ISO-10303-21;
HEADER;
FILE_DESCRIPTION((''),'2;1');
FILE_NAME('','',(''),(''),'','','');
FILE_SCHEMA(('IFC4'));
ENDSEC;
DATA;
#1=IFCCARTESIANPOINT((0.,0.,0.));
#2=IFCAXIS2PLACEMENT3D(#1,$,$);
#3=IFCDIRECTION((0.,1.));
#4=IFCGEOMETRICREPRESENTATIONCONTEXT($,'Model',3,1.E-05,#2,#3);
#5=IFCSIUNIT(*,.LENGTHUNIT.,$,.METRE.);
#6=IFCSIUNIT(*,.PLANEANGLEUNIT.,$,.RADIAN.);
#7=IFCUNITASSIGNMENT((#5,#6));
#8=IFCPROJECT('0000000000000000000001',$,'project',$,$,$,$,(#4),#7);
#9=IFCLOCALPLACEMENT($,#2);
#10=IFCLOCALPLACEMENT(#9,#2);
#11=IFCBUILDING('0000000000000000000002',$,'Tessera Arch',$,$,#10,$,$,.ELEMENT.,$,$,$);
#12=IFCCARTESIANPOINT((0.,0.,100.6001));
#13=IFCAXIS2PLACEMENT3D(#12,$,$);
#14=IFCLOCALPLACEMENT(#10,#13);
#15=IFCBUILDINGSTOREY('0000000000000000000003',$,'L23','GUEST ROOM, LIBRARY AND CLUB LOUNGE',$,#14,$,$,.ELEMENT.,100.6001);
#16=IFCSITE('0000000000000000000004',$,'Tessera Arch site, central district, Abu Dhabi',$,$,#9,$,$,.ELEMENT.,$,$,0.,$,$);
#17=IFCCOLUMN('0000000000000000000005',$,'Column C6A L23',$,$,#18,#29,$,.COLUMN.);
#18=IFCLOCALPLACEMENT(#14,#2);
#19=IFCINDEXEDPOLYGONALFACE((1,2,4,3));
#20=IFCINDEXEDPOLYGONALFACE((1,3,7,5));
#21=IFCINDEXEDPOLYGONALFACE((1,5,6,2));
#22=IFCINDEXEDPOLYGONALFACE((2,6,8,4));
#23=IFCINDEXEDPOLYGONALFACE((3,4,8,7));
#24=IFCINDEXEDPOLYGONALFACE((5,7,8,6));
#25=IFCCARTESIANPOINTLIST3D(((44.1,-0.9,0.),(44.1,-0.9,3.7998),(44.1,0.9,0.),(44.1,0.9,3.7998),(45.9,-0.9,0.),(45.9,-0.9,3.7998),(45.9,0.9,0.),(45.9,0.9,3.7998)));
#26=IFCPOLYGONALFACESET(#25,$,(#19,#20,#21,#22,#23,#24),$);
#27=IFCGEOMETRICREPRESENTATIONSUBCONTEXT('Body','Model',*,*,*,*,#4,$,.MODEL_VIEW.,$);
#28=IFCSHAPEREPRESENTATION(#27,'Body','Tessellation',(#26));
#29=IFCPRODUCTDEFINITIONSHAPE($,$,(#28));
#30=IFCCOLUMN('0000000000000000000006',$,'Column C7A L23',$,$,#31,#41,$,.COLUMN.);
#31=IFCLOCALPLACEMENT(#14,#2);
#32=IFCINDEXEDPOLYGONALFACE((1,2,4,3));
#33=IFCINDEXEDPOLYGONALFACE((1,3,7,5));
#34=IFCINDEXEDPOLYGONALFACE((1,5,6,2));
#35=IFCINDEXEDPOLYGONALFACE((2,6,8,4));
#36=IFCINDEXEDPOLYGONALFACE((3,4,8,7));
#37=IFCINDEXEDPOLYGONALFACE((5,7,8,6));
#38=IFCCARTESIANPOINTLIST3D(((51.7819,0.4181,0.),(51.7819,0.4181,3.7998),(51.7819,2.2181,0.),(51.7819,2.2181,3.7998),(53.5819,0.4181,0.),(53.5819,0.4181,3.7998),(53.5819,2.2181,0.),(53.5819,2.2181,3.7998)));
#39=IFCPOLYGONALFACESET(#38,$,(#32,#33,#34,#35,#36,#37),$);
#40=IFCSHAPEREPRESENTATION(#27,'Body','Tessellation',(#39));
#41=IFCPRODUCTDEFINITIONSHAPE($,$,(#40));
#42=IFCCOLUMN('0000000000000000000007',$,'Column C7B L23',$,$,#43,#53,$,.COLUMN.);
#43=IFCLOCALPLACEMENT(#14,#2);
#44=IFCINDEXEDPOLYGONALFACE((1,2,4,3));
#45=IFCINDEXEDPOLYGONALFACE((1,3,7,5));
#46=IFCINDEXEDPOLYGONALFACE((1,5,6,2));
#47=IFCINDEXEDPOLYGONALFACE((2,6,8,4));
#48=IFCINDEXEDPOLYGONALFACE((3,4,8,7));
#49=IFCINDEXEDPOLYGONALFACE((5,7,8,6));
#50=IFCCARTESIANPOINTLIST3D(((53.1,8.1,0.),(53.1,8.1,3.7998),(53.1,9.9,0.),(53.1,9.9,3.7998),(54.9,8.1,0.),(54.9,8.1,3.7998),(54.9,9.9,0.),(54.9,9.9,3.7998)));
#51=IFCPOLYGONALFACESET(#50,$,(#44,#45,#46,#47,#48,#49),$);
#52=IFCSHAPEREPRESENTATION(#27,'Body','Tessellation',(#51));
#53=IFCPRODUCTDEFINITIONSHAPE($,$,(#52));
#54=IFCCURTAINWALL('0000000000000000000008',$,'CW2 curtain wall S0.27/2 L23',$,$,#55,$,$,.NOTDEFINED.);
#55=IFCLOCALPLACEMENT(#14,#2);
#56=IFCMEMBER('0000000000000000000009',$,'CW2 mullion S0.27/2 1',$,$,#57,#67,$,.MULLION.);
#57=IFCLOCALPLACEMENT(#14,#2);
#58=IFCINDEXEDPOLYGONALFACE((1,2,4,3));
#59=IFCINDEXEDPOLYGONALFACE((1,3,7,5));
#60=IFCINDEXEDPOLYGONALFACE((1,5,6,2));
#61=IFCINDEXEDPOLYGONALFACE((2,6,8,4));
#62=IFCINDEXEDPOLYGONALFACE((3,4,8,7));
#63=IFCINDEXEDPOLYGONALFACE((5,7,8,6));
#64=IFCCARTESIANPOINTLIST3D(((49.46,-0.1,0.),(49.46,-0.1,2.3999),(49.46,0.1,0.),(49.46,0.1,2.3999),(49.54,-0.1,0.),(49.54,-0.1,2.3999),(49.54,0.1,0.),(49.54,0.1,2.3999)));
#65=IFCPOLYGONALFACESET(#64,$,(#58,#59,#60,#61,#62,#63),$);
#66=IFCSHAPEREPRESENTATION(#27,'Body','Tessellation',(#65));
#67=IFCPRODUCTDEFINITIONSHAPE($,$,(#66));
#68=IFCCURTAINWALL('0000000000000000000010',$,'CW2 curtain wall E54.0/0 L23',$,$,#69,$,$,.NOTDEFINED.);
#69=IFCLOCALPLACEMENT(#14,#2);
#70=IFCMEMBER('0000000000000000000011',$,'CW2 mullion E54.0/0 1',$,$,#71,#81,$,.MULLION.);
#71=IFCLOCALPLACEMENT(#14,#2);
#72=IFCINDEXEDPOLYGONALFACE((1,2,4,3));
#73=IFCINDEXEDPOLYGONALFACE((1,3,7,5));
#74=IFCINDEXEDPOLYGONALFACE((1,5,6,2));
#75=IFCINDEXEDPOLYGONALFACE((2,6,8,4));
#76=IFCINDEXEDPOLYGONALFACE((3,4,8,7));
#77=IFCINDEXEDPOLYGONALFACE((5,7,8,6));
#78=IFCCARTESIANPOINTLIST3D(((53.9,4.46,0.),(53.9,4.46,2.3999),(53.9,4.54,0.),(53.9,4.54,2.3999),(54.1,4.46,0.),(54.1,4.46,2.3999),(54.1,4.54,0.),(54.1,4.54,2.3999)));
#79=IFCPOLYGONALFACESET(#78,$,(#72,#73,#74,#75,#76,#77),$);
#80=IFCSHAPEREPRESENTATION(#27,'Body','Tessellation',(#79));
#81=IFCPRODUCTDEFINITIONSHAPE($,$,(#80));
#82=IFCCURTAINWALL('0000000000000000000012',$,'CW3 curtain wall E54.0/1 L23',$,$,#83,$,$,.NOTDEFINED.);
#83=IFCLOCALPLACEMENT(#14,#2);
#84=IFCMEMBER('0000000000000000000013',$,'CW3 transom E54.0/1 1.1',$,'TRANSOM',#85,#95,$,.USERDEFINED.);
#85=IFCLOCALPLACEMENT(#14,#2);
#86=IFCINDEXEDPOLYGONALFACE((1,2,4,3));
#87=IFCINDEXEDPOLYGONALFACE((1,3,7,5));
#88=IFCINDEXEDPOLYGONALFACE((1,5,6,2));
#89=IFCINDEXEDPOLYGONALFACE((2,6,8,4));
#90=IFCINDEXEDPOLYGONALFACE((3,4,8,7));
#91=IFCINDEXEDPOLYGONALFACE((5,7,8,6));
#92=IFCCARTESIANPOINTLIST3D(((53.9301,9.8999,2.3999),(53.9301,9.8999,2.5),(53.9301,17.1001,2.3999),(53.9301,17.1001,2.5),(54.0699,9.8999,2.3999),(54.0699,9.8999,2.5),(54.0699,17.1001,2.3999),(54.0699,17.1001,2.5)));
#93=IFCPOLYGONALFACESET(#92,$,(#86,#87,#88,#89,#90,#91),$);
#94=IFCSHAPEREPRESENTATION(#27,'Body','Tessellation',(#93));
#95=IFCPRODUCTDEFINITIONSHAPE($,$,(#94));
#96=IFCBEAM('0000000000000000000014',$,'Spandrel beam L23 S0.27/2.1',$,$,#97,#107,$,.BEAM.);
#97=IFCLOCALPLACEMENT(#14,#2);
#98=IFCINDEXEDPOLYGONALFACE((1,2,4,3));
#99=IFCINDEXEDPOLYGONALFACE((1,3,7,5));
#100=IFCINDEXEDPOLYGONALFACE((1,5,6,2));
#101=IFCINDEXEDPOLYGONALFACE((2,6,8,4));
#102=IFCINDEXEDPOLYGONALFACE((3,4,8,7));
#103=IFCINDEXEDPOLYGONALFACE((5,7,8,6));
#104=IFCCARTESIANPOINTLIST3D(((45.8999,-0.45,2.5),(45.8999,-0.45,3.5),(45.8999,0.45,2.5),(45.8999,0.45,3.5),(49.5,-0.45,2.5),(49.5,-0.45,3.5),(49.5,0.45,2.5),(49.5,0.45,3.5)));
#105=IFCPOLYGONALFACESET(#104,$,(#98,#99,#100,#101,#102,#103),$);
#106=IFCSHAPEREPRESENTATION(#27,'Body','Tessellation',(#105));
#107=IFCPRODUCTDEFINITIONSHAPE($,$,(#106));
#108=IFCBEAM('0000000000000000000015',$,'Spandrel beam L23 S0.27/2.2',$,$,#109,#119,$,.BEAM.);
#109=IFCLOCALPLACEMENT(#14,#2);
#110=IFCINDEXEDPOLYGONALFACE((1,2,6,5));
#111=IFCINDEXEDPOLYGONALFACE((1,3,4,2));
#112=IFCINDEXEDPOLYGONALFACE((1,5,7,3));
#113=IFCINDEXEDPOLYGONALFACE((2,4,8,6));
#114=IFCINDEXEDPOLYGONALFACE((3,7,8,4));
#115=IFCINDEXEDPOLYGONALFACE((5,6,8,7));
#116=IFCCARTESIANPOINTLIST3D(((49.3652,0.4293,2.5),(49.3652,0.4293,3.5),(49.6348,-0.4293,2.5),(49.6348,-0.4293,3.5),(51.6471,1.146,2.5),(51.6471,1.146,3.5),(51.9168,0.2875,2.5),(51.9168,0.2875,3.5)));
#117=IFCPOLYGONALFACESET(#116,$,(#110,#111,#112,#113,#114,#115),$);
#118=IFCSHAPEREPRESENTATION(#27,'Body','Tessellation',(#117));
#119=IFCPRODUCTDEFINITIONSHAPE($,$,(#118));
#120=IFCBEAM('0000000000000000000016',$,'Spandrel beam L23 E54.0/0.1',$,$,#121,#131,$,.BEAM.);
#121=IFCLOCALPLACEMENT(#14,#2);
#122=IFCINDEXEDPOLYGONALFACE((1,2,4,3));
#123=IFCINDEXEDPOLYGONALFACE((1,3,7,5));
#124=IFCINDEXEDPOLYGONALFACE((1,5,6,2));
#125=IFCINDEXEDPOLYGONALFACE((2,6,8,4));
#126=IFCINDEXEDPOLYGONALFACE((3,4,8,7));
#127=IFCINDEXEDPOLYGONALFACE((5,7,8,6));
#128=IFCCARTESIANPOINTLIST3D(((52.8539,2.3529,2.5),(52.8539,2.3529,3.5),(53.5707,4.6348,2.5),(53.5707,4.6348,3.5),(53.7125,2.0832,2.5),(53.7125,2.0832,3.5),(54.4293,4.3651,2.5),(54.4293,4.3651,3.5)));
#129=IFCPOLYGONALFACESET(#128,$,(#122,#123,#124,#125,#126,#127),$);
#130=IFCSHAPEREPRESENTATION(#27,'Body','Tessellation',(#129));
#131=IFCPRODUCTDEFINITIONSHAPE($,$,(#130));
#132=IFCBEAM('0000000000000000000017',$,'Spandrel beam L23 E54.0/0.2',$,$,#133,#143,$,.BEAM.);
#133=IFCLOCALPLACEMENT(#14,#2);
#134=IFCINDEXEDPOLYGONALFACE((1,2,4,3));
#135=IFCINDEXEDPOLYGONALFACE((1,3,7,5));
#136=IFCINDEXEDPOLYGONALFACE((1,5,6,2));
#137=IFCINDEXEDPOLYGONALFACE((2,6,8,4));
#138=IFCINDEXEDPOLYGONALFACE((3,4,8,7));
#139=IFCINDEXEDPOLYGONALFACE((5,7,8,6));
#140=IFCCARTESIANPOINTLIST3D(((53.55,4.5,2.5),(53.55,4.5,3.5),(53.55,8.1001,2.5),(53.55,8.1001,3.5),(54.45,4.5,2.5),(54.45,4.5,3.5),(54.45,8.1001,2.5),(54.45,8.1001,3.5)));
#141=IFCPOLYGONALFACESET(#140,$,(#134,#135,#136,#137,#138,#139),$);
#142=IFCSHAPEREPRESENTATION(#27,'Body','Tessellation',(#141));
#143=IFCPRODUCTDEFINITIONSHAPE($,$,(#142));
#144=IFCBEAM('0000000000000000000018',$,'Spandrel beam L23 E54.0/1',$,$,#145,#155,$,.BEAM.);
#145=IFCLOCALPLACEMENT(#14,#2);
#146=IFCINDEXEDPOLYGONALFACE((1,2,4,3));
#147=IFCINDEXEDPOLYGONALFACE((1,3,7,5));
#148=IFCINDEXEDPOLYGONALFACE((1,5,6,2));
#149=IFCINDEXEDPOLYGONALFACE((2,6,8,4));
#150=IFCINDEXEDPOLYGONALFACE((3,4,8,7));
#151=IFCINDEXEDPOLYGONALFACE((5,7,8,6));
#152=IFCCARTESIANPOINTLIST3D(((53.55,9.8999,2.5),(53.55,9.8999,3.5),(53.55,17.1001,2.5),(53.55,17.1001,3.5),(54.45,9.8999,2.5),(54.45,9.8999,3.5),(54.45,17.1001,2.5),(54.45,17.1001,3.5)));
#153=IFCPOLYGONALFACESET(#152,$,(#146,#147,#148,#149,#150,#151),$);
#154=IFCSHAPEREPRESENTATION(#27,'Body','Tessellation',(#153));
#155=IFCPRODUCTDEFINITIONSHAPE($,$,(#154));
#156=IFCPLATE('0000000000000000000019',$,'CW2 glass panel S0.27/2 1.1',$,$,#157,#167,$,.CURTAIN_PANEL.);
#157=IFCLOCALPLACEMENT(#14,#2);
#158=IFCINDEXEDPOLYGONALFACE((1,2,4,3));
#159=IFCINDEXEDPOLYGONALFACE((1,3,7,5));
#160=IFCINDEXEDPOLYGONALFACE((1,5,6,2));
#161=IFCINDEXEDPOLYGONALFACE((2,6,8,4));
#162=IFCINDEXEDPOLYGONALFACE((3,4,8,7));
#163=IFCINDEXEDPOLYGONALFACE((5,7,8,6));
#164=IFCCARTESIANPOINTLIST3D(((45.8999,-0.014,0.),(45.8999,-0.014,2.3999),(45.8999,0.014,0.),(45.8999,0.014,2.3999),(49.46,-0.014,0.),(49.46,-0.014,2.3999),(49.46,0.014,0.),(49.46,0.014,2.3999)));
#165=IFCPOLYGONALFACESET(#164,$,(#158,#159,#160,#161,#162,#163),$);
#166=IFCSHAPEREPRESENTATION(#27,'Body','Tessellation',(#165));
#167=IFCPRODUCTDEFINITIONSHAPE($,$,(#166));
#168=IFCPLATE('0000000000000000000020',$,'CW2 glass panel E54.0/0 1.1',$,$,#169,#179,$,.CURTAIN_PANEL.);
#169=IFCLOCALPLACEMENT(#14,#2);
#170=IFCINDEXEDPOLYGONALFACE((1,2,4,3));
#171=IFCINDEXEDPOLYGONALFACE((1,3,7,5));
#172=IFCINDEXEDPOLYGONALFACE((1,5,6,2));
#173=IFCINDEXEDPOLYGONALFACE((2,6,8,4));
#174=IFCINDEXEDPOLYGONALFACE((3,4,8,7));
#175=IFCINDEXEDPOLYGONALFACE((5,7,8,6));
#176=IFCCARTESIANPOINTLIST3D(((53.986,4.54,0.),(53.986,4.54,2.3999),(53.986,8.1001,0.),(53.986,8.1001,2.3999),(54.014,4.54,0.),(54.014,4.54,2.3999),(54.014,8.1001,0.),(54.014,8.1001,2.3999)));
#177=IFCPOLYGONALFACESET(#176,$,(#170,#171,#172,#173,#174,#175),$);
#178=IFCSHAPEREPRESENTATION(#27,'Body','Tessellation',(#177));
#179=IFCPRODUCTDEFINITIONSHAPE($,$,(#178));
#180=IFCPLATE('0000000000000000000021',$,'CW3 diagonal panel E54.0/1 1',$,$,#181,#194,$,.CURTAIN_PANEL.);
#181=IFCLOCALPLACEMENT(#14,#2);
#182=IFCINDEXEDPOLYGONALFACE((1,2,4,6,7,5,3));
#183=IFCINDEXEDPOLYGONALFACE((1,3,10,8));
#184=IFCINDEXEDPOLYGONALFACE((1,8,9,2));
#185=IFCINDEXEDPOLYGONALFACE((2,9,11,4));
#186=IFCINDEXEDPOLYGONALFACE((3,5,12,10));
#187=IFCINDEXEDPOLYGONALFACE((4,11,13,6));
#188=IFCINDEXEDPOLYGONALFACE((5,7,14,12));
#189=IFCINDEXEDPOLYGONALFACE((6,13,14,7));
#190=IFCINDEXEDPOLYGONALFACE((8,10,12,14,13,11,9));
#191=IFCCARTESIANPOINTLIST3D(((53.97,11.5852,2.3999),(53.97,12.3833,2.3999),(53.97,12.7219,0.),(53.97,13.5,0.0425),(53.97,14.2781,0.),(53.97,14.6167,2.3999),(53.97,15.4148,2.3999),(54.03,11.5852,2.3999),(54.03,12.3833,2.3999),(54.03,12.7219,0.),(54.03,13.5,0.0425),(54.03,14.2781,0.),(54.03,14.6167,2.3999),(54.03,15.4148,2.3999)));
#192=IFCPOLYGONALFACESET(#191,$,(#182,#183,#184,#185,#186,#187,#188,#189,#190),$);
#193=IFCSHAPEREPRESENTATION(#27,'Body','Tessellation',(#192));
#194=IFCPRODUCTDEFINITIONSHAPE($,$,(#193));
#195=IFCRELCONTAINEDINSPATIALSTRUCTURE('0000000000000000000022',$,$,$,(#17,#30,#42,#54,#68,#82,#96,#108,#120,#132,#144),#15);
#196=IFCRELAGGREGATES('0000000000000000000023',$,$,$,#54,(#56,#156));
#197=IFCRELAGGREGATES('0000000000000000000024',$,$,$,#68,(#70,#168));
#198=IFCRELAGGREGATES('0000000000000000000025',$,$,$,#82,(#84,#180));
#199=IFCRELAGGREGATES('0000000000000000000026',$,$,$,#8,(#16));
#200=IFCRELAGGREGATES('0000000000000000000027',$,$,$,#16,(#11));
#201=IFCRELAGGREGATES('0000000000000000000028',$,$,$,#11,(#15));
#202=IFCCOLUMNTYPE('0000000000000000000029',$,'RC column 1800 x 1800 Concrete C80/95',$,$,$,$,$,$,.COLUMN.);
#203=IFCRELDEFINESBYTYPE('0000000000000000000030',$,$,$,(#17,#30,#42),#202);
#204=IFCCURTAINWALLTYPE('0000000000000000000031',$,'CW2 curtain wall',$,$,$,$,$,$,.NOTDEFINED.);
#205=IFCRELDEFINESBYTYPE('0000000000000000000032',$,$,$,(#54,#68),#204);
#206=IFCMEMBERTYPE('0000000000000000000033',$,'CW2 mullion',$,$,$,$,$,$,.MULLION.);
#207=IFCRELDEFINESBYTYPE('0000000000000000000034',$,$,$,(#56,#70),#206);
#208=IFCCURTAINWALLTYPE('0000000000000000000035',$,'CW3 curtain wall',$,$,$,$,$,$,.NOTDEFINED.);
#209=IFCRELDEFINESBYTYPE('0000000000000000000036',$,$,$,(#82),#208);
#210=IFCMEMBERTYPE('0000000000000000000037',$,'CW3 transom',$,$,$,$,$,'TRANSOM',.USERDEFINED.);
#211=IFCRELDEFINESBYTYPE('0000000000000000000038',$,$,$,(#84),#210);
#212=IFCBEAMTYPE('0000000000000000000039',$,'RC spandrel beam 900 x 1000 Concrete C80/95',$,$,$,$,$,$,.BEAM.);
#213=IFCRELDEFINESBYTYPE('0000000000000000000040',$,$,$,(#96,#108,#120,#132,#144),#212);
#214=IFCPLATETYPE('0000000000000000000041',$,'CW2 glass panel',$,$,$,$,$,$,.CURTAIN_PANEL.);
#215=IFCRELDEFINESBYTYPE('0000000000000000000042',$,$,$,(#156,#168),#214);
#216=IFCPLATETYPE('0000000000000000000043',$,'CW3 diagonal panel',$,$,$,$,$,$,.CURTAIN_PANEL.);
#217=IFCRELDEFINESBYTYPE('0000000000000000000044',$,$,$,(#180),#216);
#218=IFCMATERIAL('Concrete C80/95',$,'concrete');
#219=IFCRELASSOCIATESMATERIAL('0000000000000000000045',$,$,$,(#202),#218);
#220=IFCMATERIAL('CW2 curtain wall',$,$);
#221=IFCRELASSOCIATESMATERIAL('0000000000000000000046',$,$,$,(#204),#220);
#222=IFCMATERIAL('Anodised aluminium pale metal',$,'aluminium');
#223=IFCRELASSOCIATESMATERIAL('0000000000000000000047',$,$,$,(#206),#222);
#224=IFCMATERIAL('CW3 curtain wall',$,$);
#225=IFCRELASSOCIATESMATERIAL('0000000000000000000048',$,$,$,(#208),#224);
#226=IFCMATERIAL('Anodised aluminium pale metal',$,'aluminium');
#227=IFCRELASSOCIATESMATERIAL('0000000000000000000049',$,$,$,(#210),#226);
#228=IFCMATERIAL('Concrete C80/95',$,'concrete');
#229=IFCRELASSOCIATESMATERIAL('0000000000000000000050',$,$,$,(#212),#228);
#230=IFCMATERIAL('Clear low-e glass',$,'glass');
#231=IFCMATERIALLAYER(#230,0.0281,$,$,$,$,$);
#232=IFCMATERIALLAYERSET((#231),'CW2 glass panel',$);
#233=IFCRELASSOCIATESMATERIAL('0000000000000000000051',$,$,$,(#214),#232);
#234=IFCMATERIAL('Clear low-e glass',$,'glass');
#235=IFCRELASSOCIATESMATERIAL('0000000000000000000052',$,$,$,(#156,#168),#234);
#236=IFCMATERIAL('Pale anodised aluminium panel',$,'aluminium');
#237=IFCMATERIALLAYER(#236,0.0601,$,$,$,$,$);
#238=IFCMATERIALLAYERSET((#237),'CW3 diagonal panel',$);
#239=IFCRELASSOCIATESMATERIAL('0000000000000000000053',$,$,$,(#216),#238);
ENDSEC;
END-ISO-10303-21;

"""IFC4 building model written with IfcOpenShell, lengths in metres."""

from ifc_helpers import new_model, si_unit, direction, frame, origin, origin_2d, place, context, subcontext, project, spatial, polyline, rectangle, outline, extrude, material, layer, layer_set, material_profile, profile_set, type_object, element, aggregate, save


model = new_model("IFC4")

# Units and contexts
model_context = context("Model", 3, precision=1e-05, world=origin(), true_north=direction((0.0, 1.0)))
body_context = subcontext(model_context, "Body", "Model", "MODEL_VIEW")
ifc_project = project(units=[si_unit("LENGTHUNIT", "METRE"), si_unit("PLANEANGLEUNIT", "RADIAN")], contexts=[model_context])

# Site, building, storey
site_placement = place(None, origin())
site = spatial("IfcSite", under=ifc_project, at=site_placement, Name="Tessera Arch site, central district, Abu Dhabi", CompositionType="ELEMENT", RefElevation=0.0)
building_placement = place(site_placement, origin())
building = spatial("IfcBuilding", under=site, at=building_placement, Name="Tessera Arch", CompositionType="ELEMENT")
storey_placement = place(building_placement, frame((0.0, 0.0, 100.6001)))
storey = spatial("IfcBuildingStorey", under=building, at=storey_placement, Name="L23", Description="GUEST ROOM, LIBRARY AND CLUB LOUNGE", CompositionType="ELEMENT", Elevation=100.6001)

# Columns
ifc_material_1 = material(Name="Concrete C80/95", Category="concrete")
ifc_material_profile_1 = material_profile(ifc_material_1, rectangle(XDim=1.8, YDim=1.8, at=origin_2d()), Name="RC column 1800 x 1800 Concrete C80/95")
ifc_profile_set_1 = profile_set([ifc_material_profile_1], Name="Concrete C80/95")
column_type = type_object("IfcColumnType", Name="RC column 1800 x 1800 Concrete C80/95", PredefinedType="COLUMN", material=ifc_profile_set_1)
for number, where, z_axis, x_axis, name in (
    (1, (45.0, 0.0, 0.0), (0.0, 0.0, 1.0), (1.0, 0.0, 0.0), "Column C6A L23"),
    (2, (52.6819, 1.3181, 0.0), (0.0, 0.0, 1.0), (1.0, 0.0, 0.0), "Column C7A L23"),
    (3, (54.0, 9.0, 0.0), (0.0, 0.0, 1.0), (1.0, 0.0, 0.0), "Column C7B L23"),
):
    element("IfcColumn", number, at=place(storey_placement, frame(where, z_axis=z_axis, x_axis=x_axis)), inside=storey, type_object=column_type, Name=name, PredefinedType="COLUMN", context=body_context, shape_type="SweptSolid", body=[
        extrude(rectangle(XDim=1.8, YDim=1.8, at=origin_2d()), origin(), (0.0, 0.0, 1.0), 3.7998),
    ])

# Curtain walls, members
ifc_material_2 = material(Name="CW2 curtain wall")
curtain_wall_type_1 = type_object("IfcCurtainWallType", Name="CW2 curtain wall", PredefinedType="NOTDEFINED", material=ifc_material_2)
curtain_wall_1_placement = place(storey_placement, origin())
curtain_wall_1 = element("IfcCurtainWall", 4, at=curtain_wall_1_placement, inside=storey, type_object=curtain_wall_type_1, Name="CW2 curtain wall S0.27/2 L23", PredefinedType="NOTDEFINED")
ifc_material_3 = material(Name="Anodised aluminium pale metal", Category="aluminium")
ifc_material_profile_2 = material_profile(ifc_material_3, rectangle(XDim=0.2, YDim=0.0801, at=origin_2d()), Name="AL 80x200")
ifc_profile_set_2 = profile_set([ifc_material_profile_2], Name="Anodised aluminium pale metal")
member_type_1 = type_object("IfcMemberType", Name="CW2 mullion", PredefinedType="MULLION", material=ifc_profile_set_2)
member_1_placement = place(storey_placement, frame((49.5, 0.0, 0.0), z_axis=(0.0, 0.0, 1.0), x_axis=(0.0, 1.0, 0.0)))
member_1 = element("IfcMember", 5, at=member_1_placement, type_object=member_type_1, Name="CW2 mullion S0.27/2 1", PredefinedType="MULLION", context=body_context, shape_type="SweptSolid", body=[
    extrude(rectangle(XDim=0.2, YDim=0.0801, at=origin_2d()), origin(), (0.0, 0.0, 1.0), 2.3999),
])
curtain_wall_2_placement = place(storey_placement, origin())
curtain_wall_2 = element("IfcCurtainWall", 6, at=curtain_wall_2_placement, inside=storey, type_object=curtain_wall_type_1, Name="CW2 curtain wall E54.0/0 L23", PredefinedType="NOTDEFINED")
member_2_placement = place(storey_placement, frame((54.0, 4.5, 0.0), z_axis=(0.0, 0.0, 1.0), x_axis=(-1.0, 0.0, 0.0)))
member_2 = element("IfcMember", 7, at=member_2_placement, type_object=member_type_1, Name="CW2 mullion E54.0/0 1", PredefinedType="MULLION", context=body_context, shape_type="SweptSolid", body=[
    extrude(rectangle(XDim=0.2, YDim=0.0801, at=origin_2d()), origin(), (0.0, 0.0, 1.0), 2.3999),
])
ifc_material_4 = material(Name="CW3 curtain wall")
curtain_wall_type_2 = type_object("IfcCurtainWallType", Name="CW3 curtain wall", PredefinedType="NOTDEFINED", material=ifc_material_4)
curtain_wall_3_placement = place(storey_placement, origin())
curtain_wall_3 = element("IfcCurtainWall", 8, at=curtain_wall_3_placement, inside=storey, type_object=curtain_wall_type_2, Name="CW3 curtain wall E54.0/1 L23", PredefinedType="NOTDEFINED")
ifc_material_5 = material(Name="Anodised aluminium pale metal", Category="aluminium")
ifc_material_profile_3 = material_profile(ifc_material_5, rectangle(XDim=0.1399, YDim=0.1001, at=origin_2d()), Name="AL 140x100")
ifc_profile_set_3 = profile_set([ifc_material_profile_3], Name="Anodised aluminium pale metal")
member_type_2 = type_object("IfcMemberType", Name="CW3 transom", ElementType="TRANSOM", PredefinedType="USERDEFINED", material=ifc_profile_set_3)
member_3_placement = place(storey_placement, frame((54.0, 9.8999, 2.45), z_axis=(0.0, 1.0, 0.0), x_axis=(-1.0, 0.0, 0.0)))
member_3 = element("IfcMember", 9, at=member_3_placement, type_object=member_type_2, Name="CW3 transom E54.0/1 1.1", ObjectType="TRANSOM", PredefinedType="USERDEFINED", context=body_context, shape_type="SweptSolid", body=[
    extrude(rectangle(XDim=0.1399, YDim=0.1001, at=origin_2d()), origin(), (0.0, 0.0, 1.0), 7.2002),
])

# Beams
ifc_material_6 = material(Name="Concrete C80/95", Category="concrete")
ifc_material_profile_4 = material_profile(ifc_material_6, rectangle(XDim=0.8999, YDim=1.0, at=origin_2d()), Name="RC spandrel beam 900 x 1000 Concrete C80/95")
ifc_profile_set_4 = profile_set([ifc_material_profile_4], Name="Concrete C80/95")
beam_type = type_object("IfcBeamType", Name="RC spandrel beam 900 x 1000 Concrete C80/95", PredefinedType="BEAM", material=ifc_profile_set_4)
beam_1_placement = place(storey_placement, frame((45.8999, 0.0, 3.0), z_axis=(1.0, 0.0, 0.0), x_axis=(0.0, 1.0, 0.0)))
element("IfcBeam", 10, at=beam_1_placement, inside=storey, type_object=beam_type, Name="Spandrel beam L23 S0.27/2.1", PredefinedType="BEAM", context=body_context, shape_type="SweptSolid", body=[
    extrude(rectangle(XDim=0.8999, YDim=1.0, at=origin_2d()), origin(), (0.0, 0.0, 1.0), 3.6001),
])
for number, where, z_axis, x_axis, name in (
    (11, (49.5, 0.0, 3.0), (0.954041, 0.299675, 0.0), (-0.299675, 0.954041, 0.0), "Spandrel beam L23 S0.27/2.2"),
    (12, (53.2832, 2.218, 3.0), (0.299675, 0.954041, 0.0), (-0.954041, 0.299675, 0.0), "Spandrel beam L23 E54.0/0.1"),
):
    element("IfcBeam", number, at=place(storey_placement, frame(where, z_axis=z_axis, x_axis=x_axis)), inside=storey, type_object=beam_type, Name=name, PredefinedType="BEAM", context=body_context, shape_type="SweptSolid", body=[
        extrude(rectangle(XDim=0.8999, YDim=1.0, at=origin_2d()), origin(), (0.0, 0.0, 1.0), 2.3918),
    ])
beam_2_placement = place(storey_placement, frame((54.0, 4.5, 3.0), z_axis=(0.0, 1.0, 0.0), x_axis=(-1.0, 0.0, 0.0)))
element("IfcBeam", 13, at=beam_2_placement, inside=storey, type_object=beam_type, Name="Spandrel beam L23 E54.0/0.2", PredefinedType="BEAM", context=body_context, shape_type="SweptSolid", body=[
    extrude(rectangle(XDim=0.8999, YDim=1.0, at=origin_2d()), origin(), (0.0, 0.0, 1.0), 3.6001),
])
beam_3_placement = place(storey_placement, frame((54.0, 9.8999, 3.0), z_axis=(0.0, 1.0, 0.0), x_axis=(-1.0, 0.0, 0.0)))
element("IfcBeam", 14, at=beam_3_placement, inside=storey, type_object=beam_type, Name="Spandrel beam L23 E54.0/1", PredefinedType="BEAM", context=body_context, shape_type="SweptSolid", body=[
    extrude(rectangle(XDim=0.8999, YDim=1.0, at=origin_2d()), origin(), (0.0, 0.0, 1.0), 7.2002),
])

# Plates
ifc_material_7 = material(Name="Clear low-e glass", Category="glass")
ifc_material_8 = material(Name="Clear low-e glass", Category="glass")
ifc_layer_1 = layer(ifc_material_8, 0.0281)
ifc_layer_set_1 = layer_set([ifc_layer_1], Name="CW2 glass panel")
plate_type_1 = type_object("IfcPlateType", Name="CW2 glass panel", PredefinedType="CURTAIN_PANEL", material=ifc_layer_set_1)
plate_1_placement = place(storey_placement, frame((47.6799, 0.0, 0.0), z_axis=(0.0, 0.0, 1.0), x_axis=(1.0, 0.0, 0.0)))
plate_1 = element("IfcPlate", 15, at=plate_1_placement, type_object=plate_type_1, material=ifc_material_7, Name="CW2 glass panel S0.27/2 1.1", PredefinedType="CURTAIN_PANEL", context=body_context, shape_type="SweptSolid", body=[
    extrude(rectangle(XDim=3.5601, YDim=0.0281, at=origin_2d()), origin(), (0.0, 0.0, 1.0), 2.3999),
])
aggregate(curtain_wall_1, [member_1, plate_1])
plate_2_placement = place(storey_placement, frame((54.0, 6.3201, 0.0), z_axis=(0.0, 0.0, 1.0), x_axis=(0.0, 1.0, 0.0)))
plate_2 = element("IfcPlate", 16, at=plate_2_placement, type_object=plate_type_1, material=ifc_material_7, Name="CW2 glass panel E54.0/0 1.1", PredefinedType="CURTAIN_PANEL", context=body_context, shape_type="SweptSolid", body=[
    extrude(rectangle(XDim=3.5601, YDim=0.0281, at=origin_2d()), origin(), (0.0, 0.0, 1.0), 2.3999),
])
aggregate(curtain_wall_2, [member_2, plate_2])
ifc_material_9 = material(Name="Pale anodised aluminium panel", Category="aluminium")
ifc_layer_2 = layer(ifc_material_9, 0.0601)
ifc_layer_set_2 = layer_set([ifc_layer_2], Name="CW3 diagonal panel")
plate_type_2 = type_object("IfcPlateType", Name="CW3 diagonal panel", PredefinedType="CURTAIN_PANEL", material=ifc_layer_set_2)
plate_3_placement = place(storey_placement, frame((54.03, 15.4148, 2.3999), z_axis=(1.0, 0.0, 0.0), x_axis=(0.0, -1.0, 0.0)))
plate_3 = element("IfcPlate", 17, at=plate_3_placement, type_object=plate_type_2, Name="CW3 diagonal panel E54.0/1 1", PredefinedType="CURTAIN_PANEL", context=body_context, shape_type="SweptSolid", body=[
    extrude(outline(polyline([(0.0, 0.0), (0.7981, 0.0), (1.9148, 2.3574), (3.0315, 0.0), (3.8296, 0.0), (2.6929, 2.3999), (1.1367, 2.3999), (0.0, 0.0)])), origin(), (0.0, 0.0, -1.0), 0.0601),
])

aggregate(curtain_wall_3, [member_3, plate_3])

save(model, "model.ifc")
